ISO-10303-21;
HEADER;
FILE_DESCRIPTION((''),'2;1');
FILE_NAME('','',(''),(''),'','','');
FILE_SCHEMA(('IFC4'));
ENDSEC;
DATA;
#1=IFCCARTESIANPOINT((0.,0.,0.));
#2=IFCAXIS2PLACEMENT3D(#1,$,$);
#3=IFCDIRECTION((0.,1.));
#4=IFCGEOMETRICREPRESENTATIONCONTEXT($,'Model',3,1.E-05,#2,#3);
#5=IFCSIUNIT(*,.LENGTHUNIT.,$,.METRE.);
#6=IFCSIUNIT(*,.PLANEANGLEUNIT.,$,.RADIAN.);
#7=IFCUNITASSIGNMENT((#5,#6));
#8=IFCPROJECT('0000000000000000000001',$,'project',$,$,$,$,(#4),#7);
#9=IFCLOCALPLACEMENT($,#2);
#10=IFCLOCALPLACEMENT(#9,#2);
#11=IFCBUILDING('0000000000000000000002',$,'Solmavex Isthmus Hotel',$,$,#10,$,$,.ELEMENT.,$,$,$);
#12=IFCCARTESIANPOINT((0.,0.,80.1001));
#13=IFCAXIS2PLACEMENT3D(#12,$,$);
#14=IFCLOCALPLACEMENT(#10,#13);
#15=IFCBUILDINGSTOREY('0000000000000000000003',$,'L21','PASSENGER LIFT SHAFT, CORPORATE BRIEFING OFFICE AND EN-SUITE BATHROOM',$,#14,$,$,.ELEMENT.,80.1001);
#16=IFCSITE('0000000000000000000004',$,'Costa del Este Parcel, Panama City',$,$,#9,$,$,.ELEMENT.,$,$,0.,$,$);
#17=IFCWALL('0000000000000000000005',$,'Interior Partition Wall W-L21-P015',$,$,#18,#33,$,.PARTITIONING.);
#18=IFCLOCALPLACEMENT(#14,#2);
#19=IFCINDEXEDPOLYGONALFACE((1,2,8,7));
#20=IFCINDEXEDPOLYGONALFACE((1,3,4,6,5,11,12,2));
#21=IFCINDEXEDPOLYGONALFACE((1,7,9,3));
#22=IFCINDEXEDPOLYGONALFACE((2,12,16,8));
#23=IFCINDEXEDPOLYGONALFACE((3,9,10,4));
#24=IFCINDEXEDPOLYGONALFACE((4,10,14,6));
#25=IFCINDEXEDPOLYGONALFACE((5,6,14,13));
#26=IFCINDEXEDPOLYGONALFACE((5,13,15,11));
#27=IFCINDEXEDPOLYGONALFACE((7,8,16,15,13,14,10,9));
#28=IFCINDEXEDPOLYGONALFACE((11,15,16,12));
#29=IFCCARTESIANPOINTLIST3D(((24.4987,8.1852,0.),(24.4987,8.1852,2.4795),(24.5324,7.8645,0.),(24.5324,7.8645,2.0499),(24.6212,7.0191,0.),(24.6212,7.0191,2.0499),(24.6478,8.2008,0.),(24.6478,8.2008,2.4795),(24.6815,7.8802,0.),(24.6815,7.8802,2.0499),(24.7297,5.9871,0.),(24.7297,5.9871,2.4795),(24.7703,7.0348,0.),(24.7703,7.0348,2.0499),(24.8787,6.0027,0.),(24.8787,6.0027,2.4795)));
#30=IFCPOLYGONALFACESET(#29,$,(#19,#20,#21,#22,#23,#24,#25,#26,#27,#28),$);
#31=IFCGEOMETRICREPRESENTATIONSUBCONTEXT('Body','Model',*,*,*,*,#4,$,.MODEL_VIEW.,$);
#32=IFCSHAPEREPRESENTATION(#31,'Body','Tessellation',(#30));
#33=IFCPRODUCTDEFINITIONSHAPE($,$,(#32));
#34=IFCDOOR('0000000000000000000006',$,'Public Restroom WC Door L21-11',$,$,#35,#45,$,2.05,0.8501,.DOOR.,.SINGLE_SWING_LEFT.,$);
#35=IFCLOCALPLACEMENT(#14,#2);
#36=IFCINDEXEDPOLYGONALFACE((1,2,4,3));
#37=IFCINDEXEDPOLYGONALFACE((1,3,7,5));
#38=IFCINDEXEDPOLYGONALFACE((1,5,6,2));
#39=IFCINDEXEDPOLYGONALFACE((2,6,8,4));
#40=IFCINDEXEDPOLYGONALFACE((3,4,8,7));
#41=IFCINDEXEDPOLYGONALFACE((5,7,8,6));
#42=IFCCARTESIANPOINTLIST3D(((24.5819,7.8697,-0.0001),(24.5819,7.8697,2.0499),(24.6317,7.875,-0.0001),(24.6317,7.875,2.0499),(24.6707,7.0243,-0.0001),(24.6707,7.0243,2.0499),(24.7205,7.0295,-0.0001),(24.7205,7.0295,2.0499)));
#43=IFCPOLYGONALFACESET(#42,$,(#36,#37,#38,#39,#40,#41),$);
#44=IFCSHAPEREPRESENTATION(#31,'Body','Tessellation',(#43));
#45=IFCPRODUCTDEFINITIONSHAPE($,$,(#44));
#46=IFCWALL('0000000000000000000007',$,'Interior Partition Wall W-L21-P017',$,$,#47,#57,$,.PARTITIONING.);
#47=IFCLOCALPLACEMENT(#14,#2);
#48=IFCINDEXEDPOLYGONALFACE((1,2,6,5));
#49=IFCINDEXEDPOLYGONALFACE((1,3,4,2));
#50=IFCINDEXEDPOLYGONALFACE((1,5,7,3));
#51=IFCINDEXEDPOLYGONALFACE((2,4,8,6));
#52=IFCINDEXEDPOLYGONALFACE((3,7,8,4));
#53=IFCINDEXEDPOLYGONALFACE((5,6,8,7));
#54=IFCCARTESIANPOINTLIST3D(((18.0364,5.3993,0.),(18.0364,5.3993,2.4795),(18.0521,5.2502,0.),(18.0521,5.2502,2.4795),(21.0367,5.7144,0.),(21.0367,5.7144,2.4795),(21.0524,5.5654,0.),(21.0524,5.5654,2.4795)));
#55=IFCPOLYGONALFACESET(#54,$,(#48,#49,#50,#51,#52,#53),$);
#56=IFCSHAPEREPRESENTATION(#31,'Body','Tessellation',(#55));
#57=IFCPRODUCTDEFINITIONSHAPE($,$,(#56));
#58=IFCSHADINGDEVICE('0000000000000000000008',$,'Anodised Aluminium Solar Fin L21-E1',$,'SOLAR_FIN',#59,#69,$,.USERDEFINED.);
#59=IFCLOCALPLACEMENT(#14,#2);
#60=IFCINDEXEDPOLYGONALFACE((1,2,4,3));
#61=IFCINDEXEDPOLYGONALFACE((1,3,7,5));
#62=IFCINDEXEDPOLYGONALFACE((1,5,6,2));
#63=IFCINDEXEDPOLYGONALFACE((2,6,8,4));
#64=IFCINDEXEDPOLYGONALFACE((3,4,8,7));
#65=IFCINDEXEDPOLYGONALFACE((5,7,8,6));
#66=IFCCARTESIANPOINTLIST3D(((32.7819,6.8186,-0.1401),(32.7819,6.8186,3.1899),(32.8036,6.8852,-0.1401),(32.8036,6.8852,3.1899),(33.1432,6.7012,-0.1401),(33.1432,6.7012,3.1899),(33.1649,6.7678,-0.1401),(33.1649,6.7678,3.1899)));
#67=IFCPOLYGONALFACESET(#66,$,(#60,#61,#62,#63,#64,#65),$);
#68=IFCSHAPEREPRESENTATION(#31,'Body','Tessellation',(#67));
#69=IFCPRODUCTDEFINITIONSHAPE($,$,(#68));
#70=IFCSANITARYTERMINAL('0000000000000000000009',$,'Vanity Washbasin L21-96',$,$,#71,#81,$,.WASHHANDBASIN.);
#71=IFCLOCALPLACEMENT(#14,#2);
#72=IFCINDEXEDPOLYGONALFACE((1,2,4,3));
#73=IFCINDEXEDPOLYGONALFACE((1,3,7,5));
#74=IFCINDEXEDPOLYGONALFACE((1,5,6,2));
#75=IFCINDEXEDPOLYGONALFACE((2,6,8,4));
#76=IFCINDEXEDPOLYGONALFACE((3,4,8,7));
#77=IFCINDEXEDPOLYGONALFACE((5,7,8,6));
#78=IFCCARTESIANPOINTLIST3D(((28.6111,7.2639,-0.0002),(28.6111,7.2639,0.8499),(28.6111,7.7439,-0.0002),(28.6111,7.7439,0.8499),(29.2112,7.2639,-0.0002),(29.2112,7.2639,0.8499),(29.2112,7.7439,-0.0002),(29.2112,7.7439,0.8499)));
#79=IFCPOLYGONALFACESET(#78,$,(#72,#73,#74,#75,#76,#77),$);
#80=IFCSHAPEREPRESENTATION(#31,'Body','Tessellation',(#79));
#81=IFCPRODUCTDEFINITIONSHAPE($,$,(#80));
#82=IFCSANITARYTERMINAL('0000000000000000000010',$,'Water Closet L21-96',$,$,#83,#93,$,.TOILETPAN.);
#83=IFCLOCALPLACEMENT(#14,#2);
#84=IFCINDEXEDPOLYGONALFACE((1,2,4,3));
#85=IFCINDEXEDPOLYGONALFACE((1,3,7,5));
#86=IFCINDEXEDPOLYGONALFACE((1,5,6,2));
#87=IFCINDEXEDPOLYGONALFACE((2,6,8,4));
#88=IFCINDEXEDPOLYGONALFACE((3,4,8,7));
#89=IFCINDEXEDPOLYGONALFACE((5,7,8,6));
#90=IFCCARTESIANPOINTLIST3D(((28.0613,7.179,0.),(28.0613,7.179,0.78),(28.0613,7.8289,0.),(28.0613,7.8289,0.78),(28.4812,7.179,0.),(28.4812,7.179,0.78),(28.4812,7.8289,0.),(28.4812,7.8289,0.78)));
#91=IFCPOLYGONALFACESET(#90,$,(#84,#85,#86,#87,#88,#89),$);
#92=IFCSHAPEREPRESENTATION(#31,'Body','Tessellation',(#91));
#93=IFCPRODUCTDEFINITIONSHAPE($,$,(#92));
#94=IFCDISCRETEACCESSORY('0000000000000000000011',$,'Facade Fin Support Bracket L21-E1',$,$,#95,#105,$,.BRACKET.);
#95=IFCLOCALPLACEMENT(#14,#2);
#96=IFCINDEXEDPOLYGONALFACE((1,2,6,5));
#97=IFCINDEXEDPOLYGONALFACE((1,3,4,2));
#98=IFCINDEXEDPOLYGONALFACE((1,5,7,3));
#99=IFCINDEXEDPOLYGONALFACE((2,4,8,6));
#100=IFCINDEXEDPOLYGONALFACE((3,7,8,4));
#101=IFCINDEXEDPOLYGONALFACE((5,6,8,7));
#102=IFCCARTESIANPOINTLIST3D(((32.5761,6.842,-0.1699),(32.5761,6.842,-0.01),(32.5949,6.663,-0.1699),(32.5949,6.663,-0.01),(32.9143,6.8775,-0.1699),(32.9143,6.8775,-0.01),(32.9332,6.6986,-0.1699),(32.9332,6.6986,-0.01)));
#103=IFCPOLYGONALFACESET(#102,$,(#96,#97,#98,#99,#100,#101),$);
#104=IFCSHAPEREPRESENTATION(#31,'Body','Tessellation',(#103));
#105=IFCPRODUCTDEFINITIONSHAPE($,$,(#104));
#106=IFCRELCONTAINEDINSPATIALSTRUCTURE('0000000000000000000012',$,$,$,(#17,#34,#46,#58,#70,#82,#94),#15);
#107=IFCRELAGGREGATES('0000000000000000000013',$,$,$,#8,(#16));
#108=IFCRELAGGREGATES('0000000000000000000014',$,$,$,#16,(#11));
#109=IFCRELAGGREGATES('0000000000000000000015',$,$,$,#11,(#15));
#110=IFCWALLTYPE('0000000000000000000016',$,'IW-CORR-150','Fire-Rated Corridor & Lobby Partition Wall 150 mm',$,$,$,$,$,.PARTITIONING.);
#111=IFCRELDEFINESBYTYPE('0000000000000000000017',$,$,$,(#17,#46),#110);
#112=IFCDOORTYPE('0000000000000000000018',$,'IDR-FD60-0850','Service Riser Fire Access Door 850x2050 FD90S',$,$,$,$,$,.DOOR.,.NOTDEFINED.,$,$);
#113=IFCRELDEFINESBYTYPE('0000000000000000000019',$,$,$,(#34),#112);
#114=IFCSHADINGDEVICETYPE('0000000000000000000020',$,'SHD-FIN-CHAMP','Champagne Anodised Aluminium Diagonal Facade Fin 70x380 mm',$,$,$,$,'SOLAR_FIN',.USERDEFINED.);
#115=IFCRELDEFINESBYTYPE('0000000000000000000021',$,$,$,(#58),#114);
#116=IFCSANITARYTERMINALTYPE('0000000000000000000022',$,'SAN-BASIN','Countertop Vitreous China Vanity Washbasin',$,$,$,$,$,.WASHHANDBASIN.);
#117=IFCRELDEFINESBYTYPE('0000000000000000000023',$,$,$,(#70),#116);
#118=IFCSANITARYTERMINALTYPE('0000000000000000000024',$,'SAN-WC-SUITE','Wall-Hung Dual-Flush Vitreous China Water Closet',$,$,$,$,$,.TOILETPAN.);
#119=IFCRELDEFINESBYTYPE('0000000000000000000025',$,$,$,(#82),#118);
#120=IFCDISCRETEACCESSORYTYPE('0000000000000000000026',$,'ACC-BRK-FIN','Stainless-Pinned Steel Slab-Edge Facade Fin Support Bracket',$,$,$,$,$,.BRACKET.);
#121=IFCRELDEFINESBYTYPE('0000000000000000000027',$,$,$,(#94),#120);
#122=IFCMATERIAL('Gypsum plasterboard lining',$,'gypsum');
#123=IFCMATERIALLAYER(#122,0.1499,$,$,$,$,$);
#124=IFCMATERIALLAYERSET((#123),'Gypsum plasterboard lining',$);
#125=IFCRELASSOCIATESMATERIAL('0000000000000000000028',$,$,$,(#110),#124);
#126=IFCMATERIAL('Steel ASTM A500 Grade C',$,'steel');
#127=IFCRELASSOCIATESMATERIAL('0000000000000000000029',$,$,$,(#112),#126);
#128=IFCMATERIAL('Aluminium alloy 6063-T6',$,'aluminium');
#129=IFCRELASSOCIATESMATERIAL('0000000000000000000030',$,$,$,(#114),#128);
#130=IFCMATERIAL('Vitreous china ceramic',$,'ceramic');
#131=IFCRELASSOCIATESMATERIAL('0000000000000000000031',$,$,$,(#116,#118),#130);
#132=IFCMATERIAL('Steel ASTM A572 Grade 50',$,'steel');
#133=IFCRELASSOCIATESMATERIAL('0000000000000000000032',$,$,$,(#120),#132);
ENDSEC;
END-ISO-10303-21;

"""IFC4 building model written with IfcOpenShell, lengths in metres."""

from ifc_helpers import new_model, si_unit, direction, frame, frame_2d, origin, origin_2d, place, context, subcontext, project, spatial, rectangle, extrude, material, layer, layer_set, type_object, element, fill, save


model = new_model("IFC4")

# Units and contexts
model_context = context("Model", 3, precision=1e-05, world=origin(), true_north=direction((0.0, 1.0)))
body_context = subcontext(model_context, "Body", "Model", "MODEL_VIEW")
ifc_project = project(units=[si_unit("LENGTHUNIT", "METRE"), si_unit("PLANEANGLEUNIT", "RADIAN")], contexts=[model_context])

# Site, building, storey
site_placement = place(None, origin())
site = spatial("IfcSite", under=ifc_project, at=site_placement, Name="Costa del Este Parcel, Panama City", CompositionType="ELEMENT", RefElevation=0.0)
building_placement = place(site_placement, origin())
building = spatial("IfcBuilding", under=site, at=building_placement, Name="Solmavex Isthmus Hotel", CompositionType="ELEMENT")
storey_placement = place(building_placement, frame((0.0, 0.0, 80.1001)))
storey = spatial("IfcBuildingStorey", under=building, at=storey_placement, Name="L21", Description="PASSENGER LIFT SHAFT, CORPORATE BRIEFING OFFICE AND EN-SUITE BATHROOM", CompositionType="ELEMENT", Elevation=80.1001)

# Shared definitions
ifc_material_1 = material(Name="Steel ASTM A572 Grade 50", Category="steel")

# Shared definitions
ifc_material_2 = material(Name="Aluminium alloy 6063-T6", Category="aluminium")

# Shared definitions
ifc_material_3 = material(Name="Gypsum plasterboard lining", Category="gypsum")

# Wall, opening, door
ifc_layer_1 = layer(ifc_material_3, 0.1499)
ifc_layer_set_1 = layer_set([ifc_layer_1], Name="Gypsum plasterboard lining")
wall_type_1 = type_object("IfcWallType", Name="IW-CORR-150", Description="Fire-Rated Corridor & Lobby Partition Wall 150 mm", PredefinedType="PARTITIONING", material=ifc_layer_set_1)
wall_1_placement = place(storey_placement, frame((24.5732, 8.1929, 0.0), z_axis=(0.0, 0.0, 1.0), x_axis=(0.104501, -0.994525, 0.0)))
wall_1 = element("IfcWall", 1, at=wall_1_placement, inside=storey, type_object=wall_type_1, Name="Interior Partition Wall W-L21-P015", PredefinedType="PARTITIONING", context=body_context, shape_type="SweptSolid", body=[
    extrude(rectangle(XDim=2.2102, YDim=0.1499, at=frame_2d((1.105, 0.0))), origin(), (0.0, 0.0, 1.0), 2.4795),
])
opening_1_placement = place(wall_1_placement, frame((0.3223, 0.0, 0.0)))
opening_1 = element("IfcOpeningElement", 2, at=opening_1_placement, cuts=wall_1, PredefinedType="OPENING", context=body_context, shape_type="SweptSolid", body=[
    extrude(rectangle(XDim=0.8501, YDim=2.05, at=frame_2d((0.425, 1.0249))), frame((0.0, 0.085, 0.0), z_axis=(0.0, -1.0, 0.0), x_axis=(1.0, 0.0, 0.0)), (0.0, 0.0, 1.0), 0.1699),
])
ifc_material_4 = material(Name="Steel ASTM A500 Grade C", Category="steel")
door_type_1 = type_object("IfcDoorType", Name="IDR-FD60-0850", Description="Service Riser Fire Access Door 850x2050 FD90S", OperationType="NOTDEFINED", PredefinedType="DOOR", material=ifc_material_4)
door_1_placement = place(opening_1_placement, origin())
door_1 = element("IfcDoor", 3, at=door_1_placement, inside=storey, type_object=door_type_1, Name="Public Restroom WC Door L21-11", OperationType="SINGLE_SWING_LEFT", OverallHeight=2.05, OverallWidth=0.8501, PredefinedType="DOOR", context=body_context, shape_type="SweptSolid", body=[
    extrude(rectangle(XDim=0.8501, YDim=2.05, at=frame_2d((0.425, 1.0249))), frame((0.0, 0.0249, 0.0), z_axis=(0.0, -1.0, 0.0), x_axis=(1.0, 0.0, 0.0)), (0.0, 0.0, 1.0), 0.05),
])
fill(opening_1, door_1)

# Wall
wall_2_placement = place(storey_placement, frame((21.0444, 5.6399, 0.0), z_axis=(0.0, 0.0, 1.0), x_axis=(-0.994527, -0.104478, 0.0)))
element("IfcWall", 4, at=wall_2_placement, inside=storey, type_object=wall_type_1, Name="Interior Partition Wall W-L21-P017", PredefinedType="PARTITIONING", context=body_context, shape_type="SweptSolid", body=[
    extrude(rectangle(XDim=3.0168, YDim=0.1499, at=frame_2d((1.5083, 0.0))), origin(), (0.0, 0.0, 1.0), 2.4795),
])

# Shading device
shading_device_type = type_object("IfcShadingDeviceType", Name="SHD-FIN-CHAMP", Description="Champagne Anodised Aluminium Diagonal Facade Fin 70x380 mm", ElementType="SOLAR_FIN", PredefinedType="USERDEFINED", material=ifc_material_2)
shading_device_placement = place(storey_placement, frame((32.9734, 6.7932, -0.1401), z_axis=(0.0, 0.0, 1.0), x_axis=(0.951057, -0.309017, 0.0)))
element("IfcShadingDevice", 5, at=shading_device_placement, inside=storey, type_object=shading_device_type, Name="Anodised Aluminium Solar Fin L21-E1", ObjectType="SOLAR_FIN", PredefinedType="USERDEFINED", context=body_context, shape_type="SweptSolid", body=[
    extrude(rectangle(XDim=0.3799, YDim=0.0701, at=origin_2d()), origin(), (0.0, 0.0, 1.0), 3.3301),
])

# Sanitary terminals
ifc_material_5 = material(Name="Vitreous china ceramic", Category="ceramic")
sanitary_terminal_type_1 = type_object("IfcSanitaryTerminalType", Name="SAN-BASIN", Description="Countertop Vitreous China Vanity Washbasin", PredefinedType="WASHHANDBASIN", material=ifc_material_5)
sanitary_terminal_1_placement = place(storey_placement, frame((28.9111, 7.5039, -0.0002), z_axis=(0.0, 0.0, 1.0), x_axis=(1.0, 0.0, 0.0)))
element("IfcSanitaryTerminal", 6, at=sanitary_terminal_1_placement, inside=storey, type_object=sanitary_terminal_type_1, Name="Vanity Washbasin L21-96", PredefinedType="WASHHANDBASIN", context=body_context, shape_type="SweptSolid", body=[
    extrude(rectangle(XDim=0.6001, YDim=0.48, at=origin_2d()), origin(), (0.0, 0.0, 1.0), 0.8501),
])
sanitary_terminal_type_2 = type_object("IfcSanitaryTerminalType", Name="SAN-WC-SUITE", Description="Wall-Hung Dual-Flush Vitreous China Water Closet", PredefinedType="TOILETPAN", material=ifc_material_5)
sanitary_terminal_2_placement = place(storey_placement, frame((28.2712, 7.5039, 0.0), z_axis=(0.0, 0.0, 1.0), x_axis=(1.0, 0.0, 0.0)))
element("IfcSanitaryTerminal", 7, at=sanitary_terminal_2_placement, inside=storey, type_object=sanitary_terminal_type_2, Name="Water Closet L21-96", PredefinedType="TOILETPAN", context=body_context, shape_type="SweptSolid", body=[
    extrude(rectangle(XDim=0.4199, YDim=0.6499, at=origin_2d()), origin(), (0.0, 0.0, 1.0), 0.78),
])

# Discrete accessory
discrete_accessory_type = type_object("IfcDiscreteAccessoryType", Name="ACC-BRK-FIN", Description="Stainless-Pinned Steel Slab-Edge Facade Fin Support Bracket", PredefinedType="BRACKET", material=ifc_material_1)
discrete_accessory_placement = place(storey_placement, frame((32.7546, 6.7703, -0.1699), z_axis=(0.0, 0.0, 1.0), x_axis=(0.994522, 0.104528, 0.0)))
element("IfcDiscreteAccessory", 8, at=discrete_accessory_placement, inside=storey, type_object=discrete_accessory_type, Name="Facade Fin Support Bracket L21-E1", PredefinedType="BRACKET", context=body_context, shape_type="SweptSolid", body=[
    extrude(rectangle(XDim=0.3401, YDim=0.1799, at=origin_2d()), origin(), (0.0, 0.0, 1.0), 0.1599),
])

save(model, "model.ifc")
